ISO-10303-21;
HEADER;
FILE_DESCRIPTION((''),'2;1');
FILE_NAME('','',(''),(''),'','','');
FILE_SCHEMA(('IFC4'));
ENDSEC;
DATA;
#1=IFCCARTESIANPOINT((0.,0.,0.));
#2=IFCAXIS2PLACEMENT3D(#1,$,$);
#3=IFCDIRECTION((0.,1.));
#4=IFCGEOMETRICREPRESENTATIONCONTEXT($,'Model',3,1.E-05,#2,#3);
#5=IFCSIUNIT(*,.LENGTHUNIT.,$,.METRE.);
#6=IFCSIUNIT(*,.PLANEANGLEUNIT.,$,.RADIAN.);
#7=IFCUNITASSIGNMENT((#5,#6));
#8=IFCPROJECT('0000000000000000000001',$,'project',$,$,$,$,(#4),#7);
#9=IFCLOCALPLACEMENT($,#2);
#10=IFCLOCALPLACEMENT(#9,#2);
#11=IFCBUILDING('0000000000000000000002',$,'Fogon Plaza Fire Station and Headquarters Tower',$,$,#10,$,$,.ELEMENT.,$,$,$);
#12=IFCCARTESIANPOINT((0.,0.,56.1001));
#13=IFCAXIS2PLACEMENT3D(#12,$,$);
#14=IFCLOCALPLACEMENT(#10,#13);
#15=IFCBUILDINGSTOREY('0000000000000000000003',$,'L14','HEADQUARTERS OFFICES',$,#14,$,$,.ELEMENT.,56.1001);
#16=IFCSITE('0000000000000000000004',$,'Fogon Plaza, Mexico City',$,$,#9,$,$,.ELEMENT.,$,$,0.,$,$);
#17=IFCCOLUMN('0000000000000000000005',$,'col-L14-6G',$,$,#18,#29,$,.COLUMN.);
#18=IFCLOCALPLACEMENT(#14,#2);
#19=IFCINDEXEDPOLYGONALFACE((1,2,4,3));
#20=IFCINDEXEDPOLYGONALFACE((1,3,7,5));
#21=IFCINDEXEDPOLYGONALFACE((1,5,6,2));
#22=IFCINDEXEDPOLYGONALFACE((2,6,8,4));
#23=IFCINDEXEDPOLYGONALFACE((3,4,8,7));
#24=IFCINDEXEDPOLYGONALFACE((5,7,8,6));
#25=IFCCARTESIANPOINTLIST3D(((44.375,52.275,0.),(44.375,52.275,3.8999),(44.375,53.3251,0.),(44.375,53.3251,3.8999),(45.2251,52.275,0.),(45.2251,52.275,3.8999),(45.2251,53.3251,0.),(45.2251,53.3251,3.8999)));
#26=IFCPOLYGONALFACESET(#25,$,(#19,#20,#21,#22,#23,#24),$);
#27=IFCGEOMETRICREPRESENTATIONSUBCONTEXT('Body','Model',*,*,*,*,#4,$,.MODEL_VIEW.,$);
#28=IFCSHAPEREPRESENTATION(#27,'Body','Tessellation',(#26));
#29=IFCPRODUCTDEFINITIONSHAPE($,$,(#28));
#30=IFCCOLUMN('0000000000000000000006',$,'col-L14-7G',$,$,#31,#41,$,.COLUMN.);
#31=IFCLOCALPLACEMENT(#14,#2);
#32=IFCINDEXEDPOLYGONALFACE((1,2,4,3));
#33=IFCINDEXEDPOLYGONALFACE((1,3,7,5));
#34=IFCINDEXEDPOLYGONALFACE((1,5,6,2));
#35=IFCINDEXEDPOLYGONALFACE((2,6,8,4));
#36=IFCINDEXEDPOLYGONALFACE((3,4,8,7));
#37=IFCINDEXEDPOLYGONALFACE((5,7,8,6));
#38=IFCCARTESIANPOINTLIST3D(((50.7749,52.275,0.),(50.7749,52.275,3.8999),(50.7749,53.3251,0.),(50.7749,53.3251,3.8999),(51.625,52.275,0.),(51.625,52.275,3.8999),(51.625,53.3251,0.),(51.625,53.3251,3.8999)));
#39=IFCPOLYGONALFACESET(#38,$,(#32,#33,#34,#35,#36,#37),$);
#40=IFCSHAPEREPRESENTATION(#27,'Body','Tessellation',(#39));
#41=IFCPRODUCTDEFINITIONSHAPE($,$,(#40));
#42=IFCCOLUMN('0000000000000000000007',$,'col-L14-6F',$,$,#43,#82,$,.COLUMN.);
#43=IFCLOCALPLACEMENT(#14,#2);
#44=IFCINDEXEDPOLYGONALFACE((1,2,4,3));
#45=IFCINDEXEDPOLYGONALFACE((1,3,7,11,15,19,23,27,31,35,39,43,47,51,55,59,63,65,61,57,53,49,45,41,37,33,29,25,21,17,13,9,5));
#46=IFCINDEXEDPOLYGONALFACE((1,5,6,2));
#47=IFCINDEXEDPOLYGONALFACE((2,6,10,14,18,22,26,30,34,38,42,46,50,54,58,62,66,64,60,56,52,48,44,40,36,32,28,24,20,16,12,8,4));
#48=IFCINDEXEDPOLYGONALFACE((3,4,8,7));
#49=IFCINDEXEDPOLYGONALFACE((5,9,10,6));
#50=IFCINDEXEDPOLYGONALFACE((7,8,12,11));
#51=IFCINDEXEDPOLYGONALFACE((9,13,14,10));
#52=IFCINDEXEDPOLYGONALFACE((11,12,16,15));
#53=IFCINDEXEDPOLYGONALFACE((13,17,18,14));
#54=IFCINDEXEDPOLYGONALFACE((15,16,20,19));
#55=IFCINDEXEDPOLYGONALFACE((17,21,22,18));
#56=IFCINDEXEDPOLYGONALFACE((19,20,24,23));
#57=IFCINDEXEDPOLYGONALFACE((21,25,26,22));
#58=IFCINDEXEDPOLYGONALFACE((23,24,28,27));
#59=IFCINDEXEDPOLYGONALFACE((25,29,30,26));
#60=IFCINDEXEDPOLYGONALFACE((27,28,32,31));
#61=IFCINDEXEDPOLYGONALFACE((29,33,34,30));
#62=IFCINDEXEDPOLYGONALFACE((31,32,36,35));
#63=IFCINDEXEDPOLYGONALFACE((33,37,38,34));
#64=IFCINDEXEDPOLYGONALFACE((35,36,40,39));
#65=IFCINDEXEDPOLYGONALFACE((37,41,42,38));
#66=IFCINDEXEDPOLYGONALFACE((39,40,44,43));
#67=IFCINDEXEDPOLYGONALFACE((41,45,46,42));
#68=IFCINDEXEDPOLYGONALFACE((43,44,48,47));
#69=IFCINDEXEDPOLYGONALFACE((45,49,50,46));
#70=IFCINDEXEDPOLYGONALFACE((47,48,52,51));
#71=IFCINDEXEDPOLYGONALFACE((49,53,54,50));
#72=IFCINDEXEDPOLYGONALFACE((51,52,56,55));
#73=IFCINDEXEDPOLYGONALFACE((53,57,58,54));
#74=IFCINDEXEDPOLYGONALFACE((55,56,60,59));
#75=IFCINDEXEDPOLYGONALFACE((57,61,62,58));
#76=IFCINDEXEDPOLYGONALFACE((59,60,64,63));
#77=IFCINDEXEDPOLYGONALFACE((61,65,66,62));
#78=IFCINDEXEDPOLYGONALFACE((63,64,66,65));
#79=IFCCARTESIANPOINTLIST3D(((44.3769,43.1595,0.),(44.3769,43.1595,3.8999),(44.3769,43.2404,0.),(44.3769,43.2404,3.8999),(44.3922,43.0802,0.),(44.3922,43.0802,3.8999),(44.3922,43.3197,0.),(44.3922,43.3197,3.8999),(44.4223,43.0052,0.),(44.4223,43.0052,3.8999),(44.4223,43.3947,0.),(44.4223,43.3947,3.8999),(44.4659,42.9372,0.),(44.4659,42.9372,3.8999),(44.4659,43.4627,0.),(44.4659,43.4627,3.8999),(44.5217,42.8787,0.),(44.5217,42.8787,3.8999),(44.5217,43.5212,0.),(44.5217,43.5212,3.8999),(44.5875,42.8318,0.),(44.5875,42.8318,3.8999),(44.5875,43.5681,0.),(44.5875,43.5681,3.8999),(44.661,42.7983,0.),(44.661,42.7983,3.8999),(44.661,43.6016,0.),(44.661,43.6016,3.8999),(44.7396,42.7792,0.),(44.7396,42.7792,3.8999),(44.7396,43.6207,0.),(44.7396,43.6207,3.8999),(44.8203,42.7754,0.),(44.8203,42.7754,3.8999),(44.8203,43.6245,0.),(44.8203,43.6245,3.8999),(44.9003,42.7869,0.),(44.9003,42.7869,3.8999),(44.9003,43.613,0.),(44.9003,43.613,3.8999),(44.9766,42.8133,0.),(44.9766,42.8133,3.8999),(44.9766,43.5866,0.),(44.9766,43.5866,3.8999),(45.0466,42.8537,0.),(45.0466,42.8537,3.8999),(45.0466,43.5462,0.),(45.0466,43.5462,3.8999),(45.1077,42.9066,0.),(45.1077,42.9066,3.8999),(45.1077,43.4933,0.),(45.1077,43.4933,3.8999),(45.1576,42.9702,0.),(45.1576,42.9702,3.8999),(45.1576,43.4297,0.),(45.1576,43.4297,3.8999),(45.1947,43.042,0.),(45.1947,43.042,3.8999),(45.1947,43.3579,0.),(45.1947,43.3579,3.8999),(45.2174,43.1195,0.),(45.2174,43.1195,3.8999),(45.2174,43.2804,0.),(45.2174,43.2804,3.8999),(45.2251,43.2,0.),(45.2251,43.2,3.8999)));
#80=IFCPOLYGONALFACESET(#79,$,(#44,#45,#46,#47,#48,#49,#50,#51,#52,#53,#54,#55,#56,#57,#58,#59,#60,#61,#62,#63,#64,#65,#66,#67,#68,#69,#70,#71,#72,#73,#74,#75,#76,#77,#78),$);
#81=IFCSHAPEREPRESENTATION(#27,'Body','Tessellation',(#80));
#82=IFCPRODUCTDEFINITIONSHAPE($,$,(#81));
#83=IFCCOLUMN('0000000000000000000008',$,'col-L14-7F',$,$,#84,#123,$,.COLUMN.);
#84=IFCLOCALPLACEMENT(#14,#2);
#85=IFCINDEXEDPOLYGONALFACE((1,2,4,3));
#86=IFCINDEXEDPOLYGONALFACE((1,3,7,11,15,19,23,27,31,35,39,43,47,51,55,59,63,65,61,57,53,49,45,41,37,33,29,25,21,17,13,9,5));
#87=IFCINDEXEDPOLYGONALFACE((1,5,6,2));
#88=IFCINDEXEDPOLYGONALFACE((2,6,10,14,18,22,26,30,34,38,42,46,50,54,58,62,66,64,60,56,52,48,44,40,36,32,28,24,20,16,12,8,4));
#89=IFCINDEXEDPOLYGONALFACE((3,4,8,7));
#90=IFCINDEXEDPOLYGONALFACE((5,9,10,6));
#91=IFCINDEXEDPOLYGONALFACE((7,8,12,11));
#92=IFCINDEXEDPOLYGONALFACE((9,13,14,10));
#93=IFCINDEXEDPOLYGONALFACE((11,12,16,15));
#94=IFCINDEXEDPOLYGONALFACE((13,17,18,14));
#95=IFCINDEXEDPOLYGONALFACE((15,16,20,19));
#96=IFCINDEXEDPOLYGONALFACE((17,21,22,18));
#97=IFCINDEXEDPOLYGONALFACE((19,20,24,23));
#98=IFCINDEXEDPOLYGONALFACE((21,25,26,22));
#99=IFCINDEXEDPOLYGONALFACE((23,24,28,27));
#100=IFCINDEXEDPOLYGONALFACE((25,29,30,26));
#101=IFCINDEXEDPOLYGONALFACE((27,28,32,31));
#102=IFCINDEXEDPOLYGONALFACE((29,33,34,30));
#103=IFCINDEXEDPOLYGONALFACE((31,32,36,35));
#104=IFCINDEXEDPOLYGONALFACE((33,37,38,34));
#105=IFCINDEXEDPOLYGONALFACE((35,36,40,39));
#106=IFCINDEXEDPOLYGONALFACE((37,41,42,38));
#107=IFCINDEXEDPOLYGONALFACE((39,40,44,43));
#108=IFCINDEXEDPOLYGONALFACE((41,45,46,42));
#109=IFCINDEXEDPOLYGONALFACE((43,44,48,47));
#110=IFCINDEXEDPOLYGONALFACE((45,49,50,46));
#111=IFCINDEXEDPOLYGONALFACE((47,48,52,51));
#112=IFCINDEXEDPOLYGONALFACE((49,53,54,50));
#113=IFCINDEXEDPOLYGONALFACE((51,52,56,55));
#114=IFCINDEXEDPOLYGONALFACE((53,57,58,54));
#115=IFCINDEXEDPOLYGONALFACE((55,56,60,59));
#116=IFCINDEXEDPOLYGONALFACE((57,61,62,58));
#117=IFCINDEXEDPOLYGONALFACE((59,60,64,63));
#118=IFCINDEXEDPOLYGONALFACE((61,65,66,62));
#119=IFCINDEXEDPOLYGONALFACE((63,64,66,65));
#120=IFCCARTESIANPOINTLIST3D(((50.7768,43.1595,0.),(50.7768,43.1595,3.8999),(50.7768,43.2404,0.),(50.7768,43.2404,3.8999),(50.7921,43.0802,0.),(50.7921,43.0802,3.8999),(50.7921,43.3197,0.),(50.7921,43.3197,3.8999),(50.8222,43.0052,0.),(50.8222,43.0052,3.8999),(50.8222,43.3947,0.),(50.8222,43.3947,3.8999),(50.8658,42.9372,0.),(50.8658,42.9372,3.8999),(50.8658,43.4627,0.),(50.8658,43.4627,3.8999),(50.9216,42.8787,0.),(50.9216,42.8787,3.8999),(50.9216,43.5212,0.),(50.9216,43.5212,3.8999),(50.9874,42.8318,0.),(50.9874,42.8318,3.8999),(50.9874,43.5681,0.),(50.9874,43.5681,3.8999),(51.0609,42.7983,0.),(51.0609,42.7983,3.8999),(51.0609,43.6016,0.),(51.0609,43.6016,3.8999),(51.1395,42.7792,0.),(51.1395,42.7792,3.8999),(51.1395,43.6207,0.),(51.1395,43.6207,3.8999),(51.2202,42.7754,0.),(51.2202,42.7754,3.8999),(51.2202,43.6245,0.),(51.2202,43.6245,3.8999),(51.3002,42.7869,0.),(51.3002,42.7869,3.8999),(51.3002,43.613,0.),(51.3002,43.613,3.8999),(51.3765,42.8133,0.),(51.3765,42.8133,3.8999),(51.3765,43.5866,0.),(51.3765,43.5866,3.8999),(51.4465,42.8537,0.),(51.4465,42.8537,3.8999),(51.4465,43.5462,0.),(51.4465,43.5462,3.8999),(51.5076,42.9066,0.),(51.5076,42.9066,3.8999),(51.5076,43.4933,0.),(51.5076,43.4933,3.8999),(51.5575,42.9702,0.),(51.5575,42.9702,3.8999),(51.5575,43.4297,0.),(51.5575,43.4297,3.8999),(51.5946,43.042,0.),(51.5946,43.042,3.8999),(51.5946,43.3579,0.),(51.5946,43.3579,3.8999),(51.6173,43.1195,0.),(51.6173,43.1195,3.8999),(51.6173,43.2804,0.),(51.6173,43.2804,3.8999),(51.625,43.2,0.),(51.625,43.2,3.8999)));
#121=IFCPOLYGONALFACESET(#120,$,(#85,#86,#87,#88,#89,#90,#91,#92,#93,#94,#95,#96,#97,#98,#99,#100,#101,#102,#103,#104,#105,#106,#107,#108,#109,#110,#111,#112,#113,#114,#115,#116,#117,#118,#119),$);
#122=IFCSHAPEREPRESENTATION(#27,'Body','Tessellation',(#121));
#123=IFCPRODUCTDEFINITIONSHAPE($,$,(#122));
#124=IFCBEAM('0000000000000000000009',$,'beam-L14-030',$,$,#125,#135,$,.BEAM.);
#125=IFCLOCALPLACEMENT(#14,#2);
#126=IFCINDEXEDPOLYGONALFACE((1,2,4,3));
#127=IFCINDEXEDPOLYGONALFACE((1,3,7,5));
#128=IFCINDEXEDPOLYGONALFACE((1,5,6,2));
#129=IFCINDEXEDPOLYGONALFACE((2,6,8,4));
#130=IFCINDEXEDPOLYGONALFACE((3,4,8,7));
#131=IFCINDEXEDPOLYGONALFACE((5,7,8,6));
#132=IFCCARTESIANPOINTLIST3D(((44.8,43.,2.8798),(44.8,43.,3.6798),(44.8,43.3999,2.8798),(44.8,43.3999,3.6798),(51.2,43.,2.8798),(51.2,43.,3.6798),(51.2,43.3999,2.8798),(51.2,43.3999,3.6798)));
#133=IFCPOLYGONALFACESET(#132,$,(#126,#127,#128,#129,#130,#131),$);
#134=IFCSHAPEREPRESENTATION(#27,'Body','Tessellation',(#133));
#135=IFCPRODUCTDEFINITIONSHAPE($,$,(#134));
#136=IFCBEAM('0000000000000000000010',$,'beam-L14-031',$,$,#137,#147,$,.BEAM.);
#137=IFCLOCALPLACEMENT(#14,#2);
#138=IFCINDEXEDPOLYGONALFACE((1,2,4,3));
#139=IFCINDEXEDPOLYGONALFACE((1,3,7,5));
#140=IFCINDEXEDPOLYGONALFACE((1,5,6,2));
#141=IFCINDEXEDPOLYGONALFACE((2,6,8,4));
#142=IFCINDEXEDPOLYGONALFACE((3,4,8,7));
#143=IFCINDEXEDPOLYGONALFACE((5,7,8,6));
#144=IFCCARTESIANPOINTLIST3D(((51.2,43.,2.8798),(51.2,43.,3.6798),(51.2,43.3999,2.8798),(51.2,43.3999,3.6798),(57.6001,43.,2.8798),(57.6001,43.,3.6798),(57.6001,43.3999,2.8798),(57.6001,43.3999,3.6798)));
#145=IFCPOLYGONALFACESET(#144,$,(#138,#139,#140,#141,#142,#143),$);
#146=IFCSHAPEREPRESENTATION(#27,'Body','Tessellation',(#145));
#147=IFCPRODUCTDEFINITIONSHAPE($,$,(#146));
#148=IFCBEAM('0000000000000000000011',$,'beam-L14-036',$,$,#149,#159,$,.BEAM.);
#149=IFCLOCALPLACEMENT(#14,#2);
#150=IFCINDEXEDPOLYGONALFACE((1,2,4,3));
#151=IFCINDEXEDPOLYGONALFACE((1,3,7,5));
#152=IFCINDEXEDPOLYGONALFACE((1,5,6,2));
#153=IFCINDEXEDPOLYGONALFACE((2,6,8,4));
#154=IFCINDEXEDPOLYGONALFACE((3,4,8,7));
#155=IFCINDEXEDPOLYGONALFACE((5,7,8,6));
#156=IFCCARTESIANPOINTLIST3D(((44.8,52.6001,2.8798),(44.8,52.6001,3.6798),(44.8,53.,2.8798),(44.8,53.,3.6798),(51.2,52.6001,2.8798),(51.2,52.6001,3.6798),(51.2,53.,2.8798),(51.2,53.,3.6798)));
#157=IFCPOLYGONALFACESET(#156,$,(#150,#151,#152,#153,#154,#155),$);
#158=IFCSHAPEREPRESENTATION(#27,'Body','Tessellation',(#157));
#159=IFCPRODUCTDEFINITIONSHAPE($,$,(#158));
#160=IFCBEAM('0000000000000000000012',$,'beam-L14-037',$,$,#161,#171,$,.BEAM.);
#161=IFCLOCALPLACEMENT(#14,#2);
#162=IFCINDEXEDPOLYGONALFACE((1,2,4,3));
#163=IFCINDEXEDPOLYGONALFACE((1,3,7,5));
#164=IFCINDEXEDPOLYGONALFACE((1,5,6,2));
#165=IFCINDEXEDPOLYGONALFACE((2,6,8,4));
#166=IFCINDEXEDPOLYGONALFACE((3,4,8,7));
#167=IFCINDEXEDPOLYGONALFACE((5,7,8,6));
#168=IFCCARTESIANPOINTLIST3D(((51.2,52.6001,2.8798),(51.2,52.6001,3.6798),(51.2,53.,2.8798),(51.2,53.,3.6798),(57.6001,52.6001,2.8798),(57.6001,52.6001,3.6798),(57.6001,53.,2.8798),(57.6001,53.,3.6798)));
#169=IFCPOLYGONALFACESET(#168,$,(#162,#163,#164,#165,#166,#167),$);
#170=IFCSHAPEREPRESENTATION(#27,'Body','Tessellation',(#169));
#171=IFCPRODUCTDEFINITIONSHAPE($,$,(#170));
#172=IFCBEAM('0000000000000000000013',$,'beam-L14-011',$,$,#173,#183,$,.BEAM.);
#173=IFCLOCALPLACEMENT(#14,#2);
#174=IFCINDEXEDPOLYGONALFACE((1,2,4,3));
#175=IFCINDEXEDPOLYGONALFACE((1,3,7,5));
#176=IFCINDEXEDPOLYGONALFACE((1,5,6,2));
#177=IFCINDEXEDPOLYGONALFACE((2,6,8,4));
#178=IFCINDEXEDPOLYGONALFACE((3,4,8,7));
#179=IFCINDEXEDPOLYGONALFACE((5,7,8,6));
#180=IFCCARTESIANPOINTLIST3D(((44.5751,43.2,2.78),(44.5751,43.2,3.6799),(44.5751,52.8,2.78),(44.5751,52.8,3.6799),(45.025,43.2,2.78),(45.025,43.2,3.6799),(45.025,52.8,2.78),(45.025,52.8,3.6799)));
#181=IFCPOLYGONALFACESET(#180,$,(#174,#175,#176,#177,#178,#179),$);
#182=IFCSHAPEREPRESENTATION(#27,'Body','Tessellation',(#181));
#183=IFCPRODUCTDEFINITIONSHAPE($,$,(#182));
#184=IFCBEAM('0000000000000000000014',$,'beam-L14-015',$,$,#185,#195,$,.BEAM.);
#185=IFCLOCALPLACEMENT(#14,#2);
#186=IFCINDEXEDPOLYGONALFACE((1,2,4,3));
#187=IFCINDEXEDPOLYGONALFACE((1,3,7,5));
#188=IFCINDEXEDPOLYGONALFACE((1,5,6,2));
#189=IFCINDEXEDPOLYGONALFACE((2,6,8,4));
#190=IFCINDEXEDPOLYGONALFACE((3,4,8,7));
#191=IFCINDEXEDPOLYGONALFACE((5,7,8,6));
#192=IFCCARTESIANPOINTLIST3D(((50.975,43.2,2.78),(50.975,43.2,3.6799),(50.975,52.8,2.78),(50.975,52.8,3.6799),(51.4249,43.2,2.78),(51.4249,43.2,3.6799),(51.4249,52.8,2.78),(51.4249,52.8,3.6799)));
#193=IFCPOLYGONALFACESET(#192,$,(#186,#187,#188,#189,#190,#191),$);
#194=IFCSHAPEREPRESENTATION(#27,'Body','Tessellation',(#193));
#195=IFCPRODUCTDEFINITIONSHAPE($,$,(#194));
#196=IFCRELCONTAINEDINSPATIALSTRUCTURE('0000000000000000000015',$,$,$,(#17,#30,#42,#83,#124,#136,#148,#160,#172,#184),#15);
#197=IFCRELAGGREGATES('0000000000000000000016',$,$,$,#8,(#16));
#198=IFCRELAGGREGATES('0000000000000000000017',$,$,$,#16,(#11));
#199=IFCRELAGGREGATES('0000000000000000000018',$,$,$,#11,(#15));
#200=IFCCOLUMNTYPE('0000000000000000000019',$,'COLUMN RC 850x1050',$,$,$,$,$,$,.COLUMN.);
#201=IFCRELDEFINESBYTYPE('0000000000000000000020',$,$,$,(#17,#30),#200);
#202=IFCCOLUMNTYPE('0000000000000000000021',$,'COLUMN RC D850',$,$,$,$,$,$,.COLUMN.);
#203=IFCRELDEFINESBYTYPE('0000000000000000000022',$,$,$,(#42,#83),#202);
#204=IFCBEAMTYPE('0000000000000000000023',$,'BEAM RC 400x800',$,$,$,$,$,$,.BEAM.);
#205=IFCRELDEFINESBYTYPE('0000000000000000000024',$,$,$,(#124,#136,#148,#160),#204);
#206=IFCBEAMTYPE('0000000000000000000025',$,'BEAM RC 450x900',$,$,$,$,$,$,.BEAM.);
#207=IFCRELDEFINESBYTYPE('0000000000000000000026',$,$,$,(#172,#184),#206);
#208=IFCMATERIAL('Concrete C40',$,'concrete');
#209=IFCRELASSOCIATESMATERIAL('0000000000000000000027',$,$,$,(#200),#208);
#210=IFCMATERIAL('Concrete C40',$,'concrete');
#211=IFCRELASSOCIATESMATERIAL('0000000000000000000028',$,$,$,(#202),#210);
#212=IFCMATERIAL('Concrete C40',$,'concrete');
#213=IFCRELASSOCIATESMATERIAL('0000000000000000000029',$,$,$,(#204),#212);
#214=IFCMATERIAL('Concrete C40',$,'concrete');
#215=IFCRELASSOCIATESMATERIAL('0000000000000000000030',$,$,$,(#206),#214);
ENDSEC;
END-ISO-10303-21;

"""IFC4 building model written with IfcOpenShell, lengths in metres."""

from ifc_helpers import new_model, si_unit, direction, frame, origin, origin_2d, place, context, subcontext, project, spatial, rectangle, circle, extrude, material, material_profile, profile_set, type_object, element, save


model = new_model("IFC4")

# Units and contexts
model_context = context("Model", 3, precision=1e-05, world=origin(), true_north=direction((0.0, 1.0)))
body_context = subcontext(model_context, "Body", "Model", "MODEL_VIEW")
ifc_project = project(units=[si_unit("LENGTHUNIT", "METRE"), si_unit("PLANEANGLEUNIT", "RADIAN")], contexts=[model_context])

# Site, building, storey
site_placement = place(None, origin())
site = spatial("IfcSite", under=ifc_project, at=site_placement, Name="Fogon Plaza, Mexico City", CompositionType="ELEMENT", RefElevation=0.0)
building_placement = place(site_placement, origin())
building = spatial("IfcBuilding", under=site, at=building_placement, Name="Fogon Plaza Fire Station and Headquarters Tower", CompositionType="ELEMENT")
storey_placement = place(building_placement, frame((0.0, 0.0, 56.1001)))
storey = spatial("IfcBuildingStorey", under=building, at=storey_placement, Name="L14", Description="HEADQUARTERS OFFICES", CompositionType="ELEMENT", Elevation=56.1001)

# Columns
ifc_material_1 = material(Name="Concrete C40", Category="concrete")
ifc_material_profile_1 = material_profile(ifc_material_1, rectangle(XDim=0.8501, YDim=1.05, at=origin_2d()), Name="RC 850x1050")
ifc_profile_set_1 = profile_set([ifc_material_profile_1], Name="Concrete C40")
column_type_1 = type_object("IfcColumnType", Name="COLUMN RC 850x1050", PredefinedType="COLUMN", material=ifc_profile_set_1)
for number, where, z_axis, x_axis, name in (
    (1, (44.8, 52.8, 0.0), (0.0, 0.0, 1.0), (1.0, 0.0, 0.0), "col-L14-6G"),
    (2, (51.2, 52.8, 0.0), (0.0, 0.0, 1.0), (1.0, 0.0, 0.0), "col-L14-7G"),
):
    element("IfcColumn", number, at=place(storey_placement, frame(where, z_axis=z_axis, x_axis=x_axis)), inside=storey, type_object=column_type_1, Name=name, PredefinedType="COLUMN", context=body_context, shape_type="SweptSolid", body=[
        extrude(rectangle(XDim=0.8501, YDim=1.05, at=origin_2d()), origin(), (0.0, 0.0, 1.0), 3.8999),
    ])
ifc_material_2 = material(Name="Concrete C40", Category="concrete")
ifc_material_profile_2 = material_profile(ifc_material_2, circle(Radius=0.425, at=origin_2d()), Name="RC D850")
ifc_profile_set_2 = profile_set([ifc_material_profile_2], Name="Concrete C40")
column_type_2 = type_object("IfcColumnType", Name="COLUMN RC D850", PredefinedType="COLUMN", material=ifc_profile_set_2)
for number, where, z_axis, x_axis, name in (
    (3, (44.8, 43.2, 0.0), (0.0, 0.0, 1.0), (1.0, 0.0, 0.0), "col-L14-6F"),
    (4, (51.2, 43.2, 0.0), (0.0, 0.0, 1.0), (1.0, 0.0, 0.0), "col-L14-7F"),
):
    element("IfcColumn", number, at=place(storey_placement, frame(where, z_axis=z_axis, x_axis=x_axis)), inside=storey, type_object=column_type_2, Name=name, PredefinedType="COLUMN", context=body_context, shape_type="SweptSolid", body=[
        extrude(circle(Radius=0.425, at=origin_2d()), origin(), (0.0, 0.0, 1.0), 3.8999),
    ])

# Beams
ifc_material_3 = material(Name="Concrete C40", Category="concrete")
ifc_material_profile_3 = material_profile(ifc_material_3, rectangle(XDim=0.3999, YDim=0.8, at=origin_2d()), Name="RC 400x800")
ifc_profile_set_3 = profile_set([ifc_material_profile_3], Name="Concrete C40")
beam_type_1 = type_object("IfcBeamType", Name="BEAM RC 400x800", PredefinedType="BEAM", material=ifc_profile_set_3)
beam_1_placement = place(storey_placement, frame((44.8, 43.2, 3.2798), z_axis=(1.0, 0.0, 0.0), x_axis=(0.0, 1.0, 0.0)))
element("IfcBeam", 5, at=beam_1_placement, inside=storey, type_object=beam_type_1, Name="beam-L14-030", PredefinedType="BEAM", context=body_context, shape_type="SweptSolid", body=[
    extrude(rectangle(XDim=0.3999, YDim=0.8, at=origin_2d()), origin(), (0.0, 0.0, 1.0), 6.3999),
])
beam_2_placement = place(storey_placement, frame((51.2, 43.2, 3.2798), z_axis=(1.0, 0.0, 0.0), x_axis=(0.0, 1.0, 0.0)))
element("IfcBeam", 6, at=beam_2_placement, inside=storey, type_object=beam_type_1, Name="beam-L14-031", PredefinedType="BEAM", context=body_context, shape_type="SweptSolid", body=[
    extrude(rectangle(XDim=0.3999, YDim=0.8, at=origin_2d()), origin(), (0.0, 0.0, 1.0), 6.4001),
])
beam_3_placement = place(storey_placement, frame((44.8, 52.8, 3.2798), z_axis=(1.0, 0.0, 0.0), x_axis=(0.0, 1.0, 0.0)))
element("IfcBeam", 7, at=beam_3_placement, inside=storey, type_object=beam_type_1, Name="beam-L14-036", PredefinedType="BEAM", context=body_context, shape_type="SweptSolid", body=[
    extrude(rectangle(XDim=0.3999, YDim=0.8, at=origin_2d()), origin(), (0.0, 0.0, 1.0), 6.3999),
])
beam_4_placement = place(storey_placement, frame((51.2, 52.8, 3.2798), z_axis=(1.0, 0.0, 0.0), x_axis=(0.0, 1.0, 0.0)))
element("IfcBeam", 8, at=beam_4_placement, inside=storey, type_object=beam_type_1, Name="beam-L14-037", PredefinedType="BEAM", context=body_context, shape_type="SweptSolid", body=[
    extrude(rectangle(XDim=0.3999, YDim=0.8, at=origin_2d()), origin(), (0.0, 0.0, 1.0), 6.4001),
])
ifc_material_4 = material(Name="Concrete C40", Category="concrete")
ifc_material_profile_4 = material_profile(ifc_material_4, rectangle(XDim=0.45, YDim=0.8999, at=origin_2d()), Name="RC 450x900")
ifc_profile_set_4 = profile_set([ifc_material_profile_4], Name="Concrete C40")
beam_type_2 = type_object("IfcBeamType", Name="BEAM RC 450x900", PredefinedType="BEAM", material=ifc_profile_set_4)
for number, where, z_axis, x_axis, name in (
    (9, (44.8, 43.2, 3.23), (0.0, 1.0, 0.0), (-1.0, 0.0, 0.0), "beam-L14-011"),
    (10, (51.2, 43.2, 3.23), (0.0, 1.0, 0.0), (-1.0, 0.0, 0.0), "beam-L14-015"),
):
    element("IfcBeam", number, at=place(storey_placement, frame(where, z_axis=z_axis, x_axis=x_axis)), inside=storey, type_object=beam_type_2, Name=name, PredefinedType="BEAM", context=body_context, shape_type="SweptSolid", body=[
        extrude(rectangle(XDim=0.45, YDim=0.8999, at=origin_2d()), origin(), (0.0, 0.0, 1.0), 9.6001),
    ])

save(model, "model.ifc")
